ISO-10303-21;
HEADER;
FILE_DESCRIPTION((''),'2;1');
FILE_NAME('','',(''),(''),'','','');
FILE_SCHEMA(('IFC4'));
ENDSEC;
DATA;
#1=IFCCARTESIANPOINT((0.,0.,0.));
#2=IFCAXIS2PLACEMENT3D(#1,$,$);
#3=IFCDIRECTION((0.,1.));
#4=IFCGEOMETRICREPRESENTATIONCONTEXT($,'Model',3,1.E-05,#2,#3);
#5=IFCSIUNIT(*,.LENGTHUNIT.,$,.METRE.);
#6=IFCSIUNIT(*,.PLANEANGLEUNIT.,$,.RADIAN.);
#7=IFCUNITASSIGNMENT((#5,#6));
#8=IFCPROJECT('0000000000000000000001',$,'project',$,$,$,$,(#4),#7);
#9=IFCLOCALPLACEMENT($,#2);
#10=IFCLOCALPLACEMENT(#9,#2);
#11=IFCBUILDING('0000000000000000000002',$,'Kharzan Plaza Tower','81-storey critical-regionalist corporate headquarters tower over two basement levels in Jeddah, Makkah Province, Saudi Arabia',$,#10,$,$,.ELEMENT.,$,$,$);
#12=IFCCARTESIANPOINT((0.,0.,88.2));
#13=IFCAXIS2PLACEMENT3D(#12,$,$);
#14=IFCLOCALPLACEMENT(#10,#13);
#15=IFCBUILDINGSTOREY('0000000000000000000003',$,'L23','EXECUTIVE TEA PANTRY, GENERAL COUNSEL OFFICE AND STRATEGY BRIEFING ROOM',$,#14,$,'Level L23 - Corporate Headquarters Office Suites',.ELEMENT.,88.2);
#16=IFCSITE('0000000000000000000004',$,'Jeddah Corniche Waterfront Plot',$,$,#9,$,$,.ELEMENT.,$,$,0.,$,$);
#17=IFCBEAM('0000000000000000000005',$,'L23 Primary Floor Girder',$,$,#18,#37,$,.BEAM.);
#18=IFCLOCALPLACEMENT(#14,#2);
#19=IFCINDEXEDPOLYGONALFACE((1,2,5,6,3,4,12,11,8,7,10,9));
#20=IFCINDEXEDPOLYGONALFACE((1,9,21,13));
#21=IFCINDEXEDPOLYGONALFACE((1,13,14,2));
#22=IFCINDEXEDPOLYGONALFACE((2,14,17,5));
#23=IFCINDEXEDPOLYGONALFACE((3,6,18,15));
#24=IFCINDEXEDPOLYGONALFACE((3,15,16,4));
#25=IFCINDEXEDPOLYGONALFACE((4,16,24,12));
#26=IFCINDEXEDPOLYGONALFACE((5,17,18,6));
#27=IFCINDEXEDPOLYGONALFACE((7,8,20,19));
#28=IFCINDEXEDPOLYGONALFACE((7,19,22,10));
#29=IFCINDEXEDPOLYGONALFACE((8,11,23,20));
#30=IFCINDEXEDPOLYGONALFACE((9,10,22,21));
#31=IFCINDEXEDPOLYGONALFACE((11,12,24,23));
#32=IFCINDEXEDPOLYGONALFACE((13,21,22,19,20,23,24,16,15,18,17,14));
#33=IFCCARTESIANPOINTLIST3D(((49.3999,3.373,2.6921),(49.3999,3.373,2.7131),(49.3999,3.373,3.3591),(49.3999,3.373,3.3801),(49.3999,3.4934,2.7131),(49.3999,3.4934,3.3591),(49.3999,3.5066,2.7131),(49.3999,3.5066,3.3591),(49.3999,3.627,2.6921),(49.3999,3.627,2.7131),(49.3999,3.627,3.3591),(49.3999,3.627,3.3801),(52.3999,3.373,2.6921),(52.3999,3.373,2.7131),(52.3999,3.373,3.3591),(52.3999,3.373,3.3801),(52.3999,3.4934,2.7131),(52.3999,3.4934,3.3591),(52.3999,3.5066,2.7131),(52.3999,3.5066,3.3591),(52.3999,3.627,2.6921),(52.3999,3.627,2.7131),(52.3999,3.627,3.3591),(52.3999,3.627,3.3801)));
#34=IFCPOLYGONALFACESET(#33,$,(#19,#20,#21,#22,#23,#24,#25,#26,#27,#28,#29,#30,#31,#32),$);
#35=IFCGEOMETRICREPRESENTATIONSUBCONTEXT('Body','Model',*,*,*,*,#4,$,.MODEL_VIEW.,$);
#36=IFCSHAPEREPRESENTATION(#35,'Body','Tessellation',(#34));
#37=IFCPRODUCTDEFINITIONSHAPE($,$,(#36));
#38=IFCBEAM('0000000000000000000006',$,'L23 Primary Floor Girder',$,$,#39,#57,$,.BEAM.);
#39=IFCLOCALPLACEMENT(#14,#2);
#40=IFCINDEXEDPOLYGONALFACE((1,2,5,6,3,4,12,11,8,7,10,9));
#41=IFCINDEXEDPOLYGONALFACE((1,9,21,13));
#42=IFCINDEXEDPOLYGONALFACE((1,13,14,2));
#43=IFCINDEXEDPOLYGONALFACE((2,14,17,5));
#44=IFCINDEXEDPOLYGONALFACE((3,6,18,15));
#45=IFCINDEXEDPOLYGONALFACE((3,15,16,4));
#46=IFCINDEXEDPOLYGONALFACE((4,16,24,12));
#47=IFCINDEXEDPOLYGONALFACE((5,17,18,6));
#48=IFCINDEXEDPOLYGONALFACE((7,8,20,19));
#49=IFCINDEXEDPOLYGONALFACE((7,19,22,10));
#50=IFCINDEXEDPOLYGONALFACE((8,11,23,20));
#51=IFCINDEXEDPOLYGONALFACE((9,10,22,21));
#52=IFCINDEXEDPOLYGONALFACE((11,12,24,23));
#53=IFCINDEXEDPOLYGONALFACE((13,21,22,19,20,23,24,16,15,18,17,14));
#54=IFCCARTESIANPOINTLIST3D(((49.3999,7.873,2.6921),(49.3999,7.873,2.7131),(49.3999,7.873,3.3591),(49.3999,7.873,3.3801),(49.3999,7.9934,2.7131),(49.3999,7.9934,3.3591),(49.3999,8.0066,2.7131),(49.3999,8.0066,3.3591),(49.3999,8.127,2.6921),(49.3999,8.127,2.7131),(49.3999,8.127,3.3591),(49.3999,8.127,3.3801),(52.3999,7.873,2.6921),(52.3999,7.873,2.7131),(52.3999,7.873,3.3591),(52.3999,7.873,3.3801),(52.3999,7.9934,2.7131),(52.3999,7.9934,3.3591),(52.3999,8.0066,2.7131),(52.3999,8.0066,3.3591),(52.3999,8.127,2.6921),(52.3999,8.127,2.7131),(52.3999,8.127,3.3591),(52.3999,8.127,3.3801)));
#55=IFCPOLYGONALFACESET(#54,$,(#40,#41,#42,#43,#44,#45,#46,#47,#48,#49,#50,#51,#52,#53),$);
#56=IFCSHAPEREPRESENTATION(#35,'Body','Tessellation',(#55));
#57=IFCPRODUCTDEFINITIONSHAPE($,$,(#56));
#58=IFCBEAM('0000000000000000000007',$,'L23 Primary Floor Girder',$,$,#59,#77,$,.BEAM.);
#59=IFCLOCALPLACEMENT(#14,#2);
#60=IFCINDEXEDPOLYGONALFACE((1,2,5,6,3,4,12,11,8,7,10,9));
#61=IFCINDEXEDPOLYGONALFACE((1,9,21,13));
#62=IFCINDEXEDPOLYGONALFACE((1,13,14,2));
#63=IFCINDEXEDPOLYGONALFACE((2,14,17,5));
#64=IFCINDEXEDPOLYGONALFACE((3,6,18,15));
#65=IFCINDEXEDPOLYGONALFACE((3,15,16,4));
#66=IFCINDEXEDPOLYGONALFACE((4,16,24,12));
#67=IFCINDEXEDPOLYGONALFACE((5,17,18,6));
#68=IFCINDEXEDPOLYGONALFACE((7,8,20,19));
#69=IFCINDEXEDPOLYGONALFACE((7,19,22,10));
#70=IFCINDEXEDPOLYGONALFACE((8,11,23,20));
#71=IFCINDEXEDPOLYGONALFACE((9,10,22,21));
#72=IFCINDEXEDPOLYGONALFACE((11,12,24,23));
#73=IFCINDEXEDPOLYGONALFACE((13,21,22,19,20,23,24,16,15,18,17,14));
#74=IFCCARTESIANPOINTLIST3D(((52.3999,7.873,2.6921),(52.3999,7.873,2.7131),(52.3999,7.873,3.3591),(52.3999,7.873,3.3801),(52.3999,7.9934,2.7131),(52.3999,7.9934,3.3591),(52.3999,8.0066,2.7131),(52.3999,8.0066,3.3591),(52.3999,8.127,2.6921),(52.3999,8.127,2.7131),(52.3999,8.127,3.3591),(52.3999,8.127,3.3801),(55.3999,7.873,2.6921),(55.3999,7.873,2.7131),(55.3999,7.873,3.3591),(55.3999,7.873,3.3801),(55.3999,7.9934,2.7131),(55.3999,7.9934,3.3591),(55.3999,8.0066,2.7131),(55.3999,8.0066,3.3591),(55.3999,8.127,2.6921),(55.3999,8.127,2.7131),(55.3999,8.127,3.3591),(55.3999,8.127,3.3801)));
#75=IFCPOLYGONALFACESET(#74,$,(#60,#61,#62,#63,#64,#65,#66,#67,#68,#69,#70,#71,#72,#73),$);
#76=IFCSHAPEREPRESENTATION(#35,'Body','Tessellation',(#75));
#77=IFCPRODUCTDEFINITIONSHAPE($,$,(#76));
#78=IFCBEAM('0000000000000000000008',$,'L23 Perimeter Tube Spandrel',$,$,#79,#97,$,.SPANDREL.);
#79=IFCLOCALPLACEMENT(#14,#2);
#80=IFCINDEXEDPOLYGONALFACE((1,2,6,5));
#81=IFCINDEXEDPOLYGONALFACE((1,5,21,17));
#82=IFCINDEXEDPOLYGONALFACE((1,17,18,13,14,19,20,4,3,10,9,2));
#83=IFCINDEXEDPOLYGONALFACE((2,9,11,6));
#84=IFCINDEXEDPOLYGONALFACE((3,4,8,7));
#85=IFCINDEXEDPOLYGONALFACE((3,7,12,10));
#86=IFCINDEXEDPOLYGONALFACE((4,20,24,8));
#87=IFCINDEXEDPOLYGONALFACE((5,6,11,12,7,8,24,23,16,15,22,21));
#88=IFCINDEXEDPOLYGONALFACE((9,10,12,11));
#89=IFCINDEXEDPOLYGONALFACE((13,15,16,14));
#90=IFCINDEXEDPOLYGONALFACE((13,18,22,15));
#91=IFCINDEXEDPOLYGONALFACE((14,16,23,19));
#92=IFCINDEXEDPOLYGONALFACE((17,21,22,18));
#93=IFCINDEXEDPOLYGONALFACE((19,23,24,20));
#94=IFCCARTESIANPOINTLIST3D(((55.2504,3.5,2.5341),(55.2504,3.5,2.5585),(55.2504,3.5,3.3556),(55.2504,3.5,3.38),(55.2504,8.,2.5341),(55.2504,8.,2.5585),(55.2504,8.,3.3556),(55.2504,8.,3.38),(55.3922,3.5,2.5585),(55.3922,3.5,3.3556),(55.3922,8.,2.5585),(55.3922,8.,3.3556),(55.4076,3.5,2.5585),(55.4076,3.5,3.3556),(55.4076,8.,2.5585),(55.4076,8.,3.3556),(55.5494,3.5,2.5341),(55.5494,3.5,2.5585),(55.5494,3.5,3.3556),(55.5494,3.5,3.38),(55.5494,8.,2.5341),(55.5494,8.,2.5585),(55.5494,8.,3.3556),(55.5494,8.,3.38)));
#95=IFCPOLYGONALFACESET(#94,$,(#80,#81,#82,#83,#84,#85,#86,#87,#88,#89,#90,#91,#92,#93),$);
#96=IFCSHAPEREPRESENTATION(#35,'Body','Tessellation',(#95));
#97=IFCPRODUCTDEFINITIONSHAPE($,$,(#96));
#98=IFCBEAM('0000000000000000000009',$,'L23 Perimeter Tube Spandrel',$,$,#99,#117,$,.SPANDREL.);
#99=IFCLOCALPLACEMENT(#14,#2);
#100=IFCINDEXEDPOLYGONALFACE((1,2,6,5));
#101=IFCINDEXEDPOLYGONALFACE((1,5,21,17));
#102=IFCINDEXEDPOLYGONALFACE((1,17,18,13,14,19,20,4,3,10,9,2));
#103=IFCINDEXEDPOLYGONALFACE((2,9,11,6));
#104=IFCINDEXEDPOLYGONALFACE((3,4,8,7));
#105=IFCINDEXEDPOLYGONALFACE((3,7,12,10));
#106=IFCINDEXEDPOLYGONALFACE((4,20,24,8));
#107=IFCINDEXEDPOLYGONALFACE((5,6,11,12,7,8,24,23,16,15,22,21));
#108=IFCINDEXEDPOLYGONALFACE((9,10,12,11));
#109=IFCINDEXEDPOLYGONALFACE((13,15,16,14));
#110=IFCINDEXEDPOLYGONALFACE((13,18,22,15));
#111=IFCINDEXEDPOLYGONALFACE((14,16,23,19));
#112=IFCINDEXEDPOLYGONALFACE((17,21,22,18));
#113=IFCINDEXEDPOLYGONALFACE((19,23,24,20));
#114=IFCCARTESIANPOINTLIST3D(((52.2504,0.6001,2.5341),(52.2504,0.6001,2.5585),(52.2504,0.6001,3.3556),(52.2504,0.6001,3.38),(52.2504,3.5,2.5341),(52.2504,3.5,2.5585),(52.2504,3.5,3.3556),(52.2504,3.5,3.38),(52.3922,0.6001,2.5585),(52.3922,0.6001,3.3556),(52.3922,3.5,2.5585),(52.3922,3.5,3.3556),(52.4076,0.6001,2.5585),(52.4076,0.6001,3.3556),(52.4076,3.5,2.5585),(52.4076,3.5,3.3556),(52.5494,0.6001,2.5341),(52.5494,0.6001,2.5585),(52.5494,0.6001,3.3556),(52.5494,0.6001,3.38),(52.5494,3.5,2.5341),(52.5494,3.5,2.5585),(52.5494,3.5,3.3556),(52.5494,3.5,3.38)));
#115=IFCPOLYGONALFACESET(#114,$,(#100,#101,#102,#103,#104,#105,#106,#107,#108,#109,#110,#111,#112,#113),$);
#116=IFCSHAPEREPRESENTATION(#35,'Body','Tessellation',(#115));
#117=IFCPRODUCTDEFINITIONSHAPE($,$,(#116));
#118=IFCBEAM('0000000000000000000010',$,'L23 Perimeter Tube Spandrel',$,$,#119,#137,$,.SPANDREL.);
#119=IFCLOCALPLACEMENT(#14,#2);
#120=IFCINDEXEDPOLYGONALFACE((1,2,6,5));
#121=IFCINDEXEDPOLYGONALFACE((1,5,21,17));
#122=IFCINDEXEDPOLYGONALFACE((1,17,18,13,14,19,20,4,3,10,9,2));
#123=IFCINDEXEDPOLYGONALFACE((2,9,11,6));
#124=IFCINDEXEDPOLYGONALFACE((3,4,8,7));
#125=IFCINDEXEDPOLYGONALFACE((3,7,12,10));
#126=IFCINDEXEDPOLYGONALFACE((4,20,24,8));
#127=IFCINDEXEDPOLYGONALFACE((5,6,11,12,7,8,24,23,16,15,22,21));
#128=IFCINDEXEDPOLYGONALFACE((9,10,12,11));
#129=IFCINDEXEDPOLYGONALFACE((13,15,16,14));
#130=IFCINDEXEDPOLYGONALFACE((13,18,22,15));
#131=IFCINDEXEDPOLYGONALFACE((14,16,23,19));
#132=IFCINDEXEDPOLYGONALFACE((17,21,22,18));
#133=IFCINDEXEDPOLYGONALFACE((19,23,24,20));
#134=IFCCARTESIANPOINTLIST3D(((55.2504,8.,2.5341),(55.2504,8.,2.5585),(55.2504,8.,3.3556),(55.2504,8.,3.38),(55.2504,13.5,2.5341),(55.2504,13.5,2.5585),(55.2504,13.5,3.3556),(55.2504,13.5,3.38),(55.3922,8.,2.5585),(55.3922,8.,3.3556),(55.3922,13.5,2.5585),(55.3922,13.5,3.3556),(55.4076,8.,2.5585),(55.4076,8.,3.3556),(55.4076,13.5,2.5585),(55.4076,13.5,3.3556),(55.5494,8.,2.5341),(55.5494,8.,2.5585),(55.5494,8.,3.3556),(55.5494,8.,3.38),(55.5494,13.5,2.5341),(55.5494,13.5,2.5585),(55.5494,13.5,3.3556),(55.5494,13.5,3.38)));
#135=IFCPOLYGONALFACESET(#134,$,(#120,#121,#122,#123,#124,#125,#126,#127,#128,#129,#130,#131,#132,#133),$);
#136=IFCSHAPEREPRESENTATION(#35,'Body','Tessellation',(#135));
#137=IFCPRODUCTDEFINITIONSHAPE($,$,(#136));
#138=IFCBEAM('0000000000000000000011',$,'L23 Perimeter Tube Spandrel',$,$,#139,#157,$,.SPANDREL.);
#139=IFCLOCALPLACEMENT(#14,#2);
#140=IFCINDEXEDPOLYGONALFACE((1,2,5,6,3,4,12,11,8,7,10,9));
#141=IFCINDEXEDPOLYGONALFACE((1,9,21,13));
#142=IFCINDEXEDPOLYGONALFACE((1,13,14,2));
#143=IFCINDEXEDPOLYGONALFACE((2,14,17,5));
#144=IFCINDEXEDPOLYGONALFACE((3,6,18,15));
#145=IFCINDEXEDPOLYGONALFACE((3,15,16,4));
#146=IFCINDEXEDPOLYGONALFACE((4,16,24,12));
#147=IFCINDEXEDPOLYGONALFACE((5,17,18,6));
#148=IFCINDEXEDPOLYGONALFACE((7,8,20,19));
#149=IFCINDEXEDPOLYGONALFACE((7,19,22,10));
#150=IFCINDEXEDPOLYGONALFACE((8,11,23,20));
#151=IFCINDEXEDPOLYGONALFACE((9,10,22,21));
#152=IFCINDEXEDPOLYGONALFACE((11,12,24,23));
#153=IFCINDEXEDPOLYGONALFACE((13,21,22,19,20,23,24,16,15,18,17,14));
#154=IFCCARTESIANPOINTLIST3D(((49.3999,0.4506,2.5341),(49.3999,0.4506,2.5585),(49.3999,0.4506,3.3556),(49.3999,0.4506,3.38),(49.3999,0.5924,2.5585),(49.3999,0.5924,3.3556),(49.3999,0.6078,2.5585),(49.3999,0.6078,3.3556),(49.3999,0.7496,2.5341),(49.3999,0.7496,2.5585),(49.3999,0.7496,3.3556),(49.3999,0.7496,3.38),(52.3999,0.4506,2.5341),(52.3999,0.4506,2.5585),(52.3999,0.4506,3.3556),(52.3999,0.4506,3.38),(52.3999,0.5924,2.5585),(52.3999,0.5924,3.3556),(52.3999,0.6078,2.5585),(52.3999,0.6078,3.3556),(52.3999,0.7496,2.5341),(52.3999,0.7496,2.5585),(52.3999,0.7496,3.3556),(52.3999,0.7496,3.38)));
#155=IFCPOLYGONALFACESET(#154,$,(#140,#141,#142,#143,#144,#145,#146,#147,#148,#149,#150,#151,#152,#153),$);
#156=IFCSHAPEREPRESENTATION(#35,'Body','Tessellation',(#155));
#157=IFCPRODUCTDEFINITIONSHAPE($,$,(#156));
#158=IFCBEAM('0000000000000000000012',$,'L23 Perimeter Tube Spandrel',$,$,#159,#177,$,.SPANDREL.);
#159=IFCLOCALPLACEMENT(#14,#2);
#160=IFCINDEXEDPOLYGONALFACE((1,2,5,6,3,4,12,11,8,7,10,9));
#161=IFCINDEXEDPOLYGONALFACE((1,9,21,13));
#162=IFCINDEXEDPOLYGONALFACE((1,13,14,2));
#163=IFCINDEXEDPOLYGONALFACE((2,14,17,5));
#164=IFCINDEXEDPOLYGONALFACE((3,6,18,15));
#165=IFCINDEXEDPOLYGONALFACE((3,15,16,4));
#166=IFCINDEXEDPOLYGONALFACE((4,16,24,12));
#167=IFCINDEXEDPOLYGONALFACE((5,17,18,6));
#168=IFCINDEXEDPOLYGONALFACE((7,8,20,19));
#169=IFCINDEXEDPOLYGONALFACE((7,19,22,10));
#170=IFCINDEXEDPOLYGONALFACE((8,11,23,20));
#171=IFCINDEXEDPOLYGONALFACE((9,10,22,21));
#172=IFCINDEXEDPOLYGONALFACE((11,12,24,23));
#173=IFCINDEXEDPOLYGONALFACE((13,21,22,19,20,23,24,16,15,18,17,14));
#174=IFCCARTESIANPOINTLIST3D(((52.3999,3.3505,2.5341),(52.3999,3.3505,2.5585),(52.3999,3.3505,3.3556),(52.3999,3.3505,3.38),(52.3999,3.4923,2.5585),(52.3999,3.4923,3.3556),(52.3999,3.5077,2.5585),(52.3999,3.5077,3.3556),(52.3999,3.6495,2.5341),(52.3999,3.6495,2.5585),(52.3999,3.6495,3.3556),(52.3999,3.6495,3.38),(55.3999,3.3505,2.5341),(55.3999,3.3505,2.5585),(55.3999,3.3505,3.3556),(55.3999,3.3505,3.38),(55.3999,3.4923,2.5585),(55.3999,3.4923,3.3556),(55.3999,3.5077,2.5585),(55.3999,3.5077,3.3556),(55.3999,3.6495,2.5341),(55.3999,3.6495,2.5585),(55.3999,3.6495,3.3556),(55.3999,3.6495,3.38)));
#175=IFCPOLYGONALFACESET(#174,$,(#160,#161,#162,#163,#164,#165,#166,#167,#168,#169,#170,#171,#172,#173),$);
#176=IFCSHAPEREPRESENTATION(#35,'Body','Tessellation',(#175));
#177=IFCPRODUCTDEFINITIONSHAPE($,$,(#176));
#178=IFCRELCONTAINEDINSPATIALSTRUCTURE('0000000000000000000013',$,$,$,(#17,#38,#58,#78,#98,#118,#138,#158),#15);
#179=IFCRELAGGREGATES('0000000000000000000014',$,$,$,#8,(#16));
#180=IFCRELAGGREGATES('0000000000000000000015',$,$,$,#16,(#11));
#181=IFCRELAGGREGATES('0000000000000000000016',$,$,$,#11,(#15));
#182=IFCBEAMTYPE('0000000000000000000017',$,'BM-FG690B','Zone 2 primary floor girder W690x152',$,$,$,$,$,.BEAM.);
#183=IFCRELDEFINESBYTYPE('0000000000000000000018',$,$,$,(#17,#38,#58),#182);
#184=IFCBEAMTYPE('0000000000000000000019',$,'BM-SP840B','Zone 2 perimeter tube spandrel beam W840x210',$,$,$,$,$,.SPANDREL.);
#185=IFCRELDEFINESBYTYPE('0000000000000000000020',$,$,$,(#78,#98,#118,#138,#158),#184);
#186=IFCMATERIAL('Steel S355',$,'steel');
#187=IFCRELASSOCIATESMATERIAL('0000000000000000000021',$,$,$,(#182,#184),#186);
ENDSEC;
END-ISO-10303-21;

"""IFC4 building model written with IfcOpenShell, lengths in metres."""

from ifc_helpers import new_model, si_unit, direction, frame, origin, origin_2d, place, context, subcontext, project, spatial, i_section, extrude, source, transform, mapped, material, material_profile, profile_set, type_object, element, save


model = new_model("IFC4")

# Units and contexts
model_context = context("Model", 3, precision=1e-05, world=origin(), true_north=direction((0.0, 1.0)))
body_context = subcontext(model_context, "Body", "Model", "MODEL_VIEW")
ifc_project = project(units=[si_unit("LENGTHUNIT", "METRE"), si_unit("PLANEANGLEUNIT", "RADIAN")], contexts=[model_context])

# Site, building, storey
site_placement = place(None, origin())
site = spatial("IfcSite", under=ifc_project, at=site_placement, Name="Jeddah Corniche Waterfront Plot", CompositionType="ELEMENT", RefElevation=0.0)
building_placement = place(site_placement, origin())
building = spatial("IfcBuilding", under=site, at=building_placement, Name="Kharzan Plaza Tower", Description="81-storey critical-regionalist corporate headquarters tower over two basement levels in Jeddah, Makkah Province, Saudi Arabia", CompositionType="ELEMENT")
storey_placement = place(building_placement, frame((0.0, 0.0, 88.2)))
storey = spatial("IfcBuildingStorey", under=building, at=storey_placement, Name="L23", Description="EXECUTIVE TEA PANTRY, GENERAL COUNSEL OFFICE AND STRATEGY BRIEFING ROOM", LongName="Level L23 - Corporate Headquarters Office Suites", CompositionType="ELEMENT", Elevation=88.2)

# Beams
ifc_material_1 = material(Name="Steel S355", Category="steel")
ifc_material_profile_1 = material_profile(ifc_material_1, i_section(OverallWidth=0.2539, OverallDepth=0.688, WebThickness=0.0132, FlangeThickness=0.021, at=origin_2d()), Name="W690x152")
ifc_profile_set_1 = profile_set([ifc_material_profile_1], Name="Steel S355")
beam_type_1 = type_object("IfcBeamType", Name="BM-FG690B", Description="Zone 2 primary floor girder W690x152", PredefinedType="BEAM", material=ifc_profile_set_1)
shared_shape_1 = source(origin(), body_context, "Body", "SweptSolid", [
    extrude(i_section(OverallWidth=0.2539, OverallDepth=0.688, WebThickness=0.0132, FlangeThickness=0.021, at=origin_2d()), origin(), (0.0, 0.0, 1.0), 3.0),
])
for number, where, z_axis, x_axis, name in (
    (1, (49.3999, 3.5, 3.0361), (1.0, 0.0, 0.0), (0.0, 1.0, 0.0), "L23 Primary Floor Girder"),
    (2, (49.3999, 8.0, 3.0361), (1.0, 0.0, 0.0), (0.0, 1.0, 0.0), "L23 Primary Floor Girder"),
    (3, (52.3999, 8.0, 3.0361), (1.0, 0.0, 0.0), (0.0, 1.0, 0.0), "L23 Primary Floor Girder"),
):
    element("IfcBeam", number, at=place(storey_placement, frame(where, z_axis=z_axis, x_axis=x_axis)), inside=storey, type_object=beam_type_1, Name=name, PredefinedType="BEAM", context=body_context, shape_type="MappedRepresentation", body=[
        mapped(shared_shape_1, transform((0.0, 0.0, 0.0), x_axis=(1.0, 0.0, 0.0), y_axis=(0.0, 1.0, 0.0), z_axis=(0.0, 0.0, 1.0))),
    ])
ifc_material_profile_2 = material_profile(ifc_material_1, i_section(OverallWidth=0.2991, OverallDepth=0.8459, WebThickness=0.0154, FlangeThickness=0.0244, at=origin_2d()), Name="W840x210")
ifc_profile_set_2 = profile_set([ifc_material_profile_2], Name="Steel S355")
beam_type_2 = type_object("IfcBeamType", Name="BM-SP840B", Description="Zone 2 perimeter tube spandrel beam W840x210", PredefinedType="SPANDREL", material=ifc_profile_set_2)
shared_shape_2 = source(origin(), body_context, "Body", "SweptSolid", [
    extrude(i_section(OverallWidth=0.2991, OverallDepth=0.8459, WebThickness=0.0154, FlangeThickness=0.0244, at=origin_2d()), origin(), (0.0, 0.0, 1.0), 4.5),
])
beam_1_placement = place(storey_placement, frame((55.3999, 3.5, 2.957), z_axis=(0.0, 1.0, 0.0), x_axis=(-1.0, 0.0, 0.0)))
element("IfcBeam", 4, at=beam_1_placement, inside=storey, type_object=beam_type_2, Name="L23 Perimeter Tube Spandrel", PredefinedType="SPANDREL", context=body_context, shape_type="MappedRepresentation", body=[
    mapped(shared_shape_2, transform((0.0, 0.0, 0.0), x_axis=(1.0, 0.0, 0.0), y_axis=(0.0, 1.0, 0.0), z_axis=(0.0, 0.0, 1.0))),
])
shared_shape_3 = source(origin(), body_context, "Body", "SweptSolid", [
    extrude(i_section(OverallWidth=0.2991, OverallDepth=0.8459, WebThickness=0.0154, FlangeThickness=0.0244, at=origin_2d()), origin(), (0.0, 0.0, 1.0), 2.8999),
])
beam_2_placement = place(storey_placement, frame((52.3999, 0.6001, 2.957), z_axis=(0.0, 1.0, 0.0), x_axis=(-1.0, 0.0, 0.0)))
element("IfcBeam", 5, at=beam_2_placement, inside=storey, type_object=beam_type_2, Name="L23 Perimeter Tube Spandrel", PredefinedType="SPANDREL", context=body_context, shape_type="MappedRepresentation", body=[
    mapped(shared_shape_3, transform((0.0, 0.0, 0.0), x_axis=(1.0, 0.0, 0.0), y_axis=(0.0, 1.0, 0.0), z_axis=(0.0, 0.0, 1.0))),
])
shared_shape_4 = source(origin(), body_context, "Body", "SweptSolid", [
    extrude(i_section(OverallWidth=0.2991, OverallDepth=0.8459, WebThickness=0.0154, FlangeThickness=0.0244, at=origin_2d()), origin(), (0.0, 0.0, 1.0), 5.5),
])
beam_3_placement = place(storey_placement, frame((55.3999, 8.0, 2.957), z_axis=(0.0, 1.0, 0.0), x_axis=(-1.0, 0.0, 0.0)))
element("IfcBeam", 6, at=beam_3_placement, inside=storey, type_object=beam_type_2, Name="L23 Perimeter Tube Spandrel", PredefinedType="SPANDREL", context=body_context, shape_type="MappedRepresentation", body=[
    mapped(shared_shape_4, transform((0.0, 0.0, 0.0), x_axis=(1.0, 0.0, 0.0), y_axis=(0.0, 1.0, 0.0), z_axis=(0.0, 0.0, 1.0))),
])
shared_shape_5 = source(origin(), body_context, "Body", "SweptSolid", [
    extrude(i_section(OverallWidth=0.2991, OverallDepth=0.8459, WebThickness=0.0154, FlangeThickness=0.0244, at=origin_2d()), origin(), (0.0, 0.0, 1.0), 3.0),
])
for number, where, z_axis, x_axis, name in (
    (7, (49.3999, 0.6001, 2.957), (1.0, 0.0, 0.0), (0.0, 1.0, 0.0), "L23 Perimeter Tube Spandrel"),
    (8, (52.3999, 3.5, 2.957), (1.0, 0.0, 0.0), (0.0, 1.0, 0.0), "L23 Perimeter Tube Spandrel"),
):
    element("IfcBeam", number, at=place(storey_placement, frame(where, z_axis=z_axis, x_axis=x_axis)), inside=storey, type_object=beam_type_2, Name=name, PredefinedType="SPANDREL", context=body_context, shape_type="MappedRepresentation", body=[
        mapped(shared_shape_5, transform((0.0, 0.0, 0.0), x_axis=(1.0, 0.0, 0.0), y_axis=(0.0, 1.0, 0.0), z_axis=(0.0, 0.0, 1.0))),
    ])

save(model, "model.ifc")
